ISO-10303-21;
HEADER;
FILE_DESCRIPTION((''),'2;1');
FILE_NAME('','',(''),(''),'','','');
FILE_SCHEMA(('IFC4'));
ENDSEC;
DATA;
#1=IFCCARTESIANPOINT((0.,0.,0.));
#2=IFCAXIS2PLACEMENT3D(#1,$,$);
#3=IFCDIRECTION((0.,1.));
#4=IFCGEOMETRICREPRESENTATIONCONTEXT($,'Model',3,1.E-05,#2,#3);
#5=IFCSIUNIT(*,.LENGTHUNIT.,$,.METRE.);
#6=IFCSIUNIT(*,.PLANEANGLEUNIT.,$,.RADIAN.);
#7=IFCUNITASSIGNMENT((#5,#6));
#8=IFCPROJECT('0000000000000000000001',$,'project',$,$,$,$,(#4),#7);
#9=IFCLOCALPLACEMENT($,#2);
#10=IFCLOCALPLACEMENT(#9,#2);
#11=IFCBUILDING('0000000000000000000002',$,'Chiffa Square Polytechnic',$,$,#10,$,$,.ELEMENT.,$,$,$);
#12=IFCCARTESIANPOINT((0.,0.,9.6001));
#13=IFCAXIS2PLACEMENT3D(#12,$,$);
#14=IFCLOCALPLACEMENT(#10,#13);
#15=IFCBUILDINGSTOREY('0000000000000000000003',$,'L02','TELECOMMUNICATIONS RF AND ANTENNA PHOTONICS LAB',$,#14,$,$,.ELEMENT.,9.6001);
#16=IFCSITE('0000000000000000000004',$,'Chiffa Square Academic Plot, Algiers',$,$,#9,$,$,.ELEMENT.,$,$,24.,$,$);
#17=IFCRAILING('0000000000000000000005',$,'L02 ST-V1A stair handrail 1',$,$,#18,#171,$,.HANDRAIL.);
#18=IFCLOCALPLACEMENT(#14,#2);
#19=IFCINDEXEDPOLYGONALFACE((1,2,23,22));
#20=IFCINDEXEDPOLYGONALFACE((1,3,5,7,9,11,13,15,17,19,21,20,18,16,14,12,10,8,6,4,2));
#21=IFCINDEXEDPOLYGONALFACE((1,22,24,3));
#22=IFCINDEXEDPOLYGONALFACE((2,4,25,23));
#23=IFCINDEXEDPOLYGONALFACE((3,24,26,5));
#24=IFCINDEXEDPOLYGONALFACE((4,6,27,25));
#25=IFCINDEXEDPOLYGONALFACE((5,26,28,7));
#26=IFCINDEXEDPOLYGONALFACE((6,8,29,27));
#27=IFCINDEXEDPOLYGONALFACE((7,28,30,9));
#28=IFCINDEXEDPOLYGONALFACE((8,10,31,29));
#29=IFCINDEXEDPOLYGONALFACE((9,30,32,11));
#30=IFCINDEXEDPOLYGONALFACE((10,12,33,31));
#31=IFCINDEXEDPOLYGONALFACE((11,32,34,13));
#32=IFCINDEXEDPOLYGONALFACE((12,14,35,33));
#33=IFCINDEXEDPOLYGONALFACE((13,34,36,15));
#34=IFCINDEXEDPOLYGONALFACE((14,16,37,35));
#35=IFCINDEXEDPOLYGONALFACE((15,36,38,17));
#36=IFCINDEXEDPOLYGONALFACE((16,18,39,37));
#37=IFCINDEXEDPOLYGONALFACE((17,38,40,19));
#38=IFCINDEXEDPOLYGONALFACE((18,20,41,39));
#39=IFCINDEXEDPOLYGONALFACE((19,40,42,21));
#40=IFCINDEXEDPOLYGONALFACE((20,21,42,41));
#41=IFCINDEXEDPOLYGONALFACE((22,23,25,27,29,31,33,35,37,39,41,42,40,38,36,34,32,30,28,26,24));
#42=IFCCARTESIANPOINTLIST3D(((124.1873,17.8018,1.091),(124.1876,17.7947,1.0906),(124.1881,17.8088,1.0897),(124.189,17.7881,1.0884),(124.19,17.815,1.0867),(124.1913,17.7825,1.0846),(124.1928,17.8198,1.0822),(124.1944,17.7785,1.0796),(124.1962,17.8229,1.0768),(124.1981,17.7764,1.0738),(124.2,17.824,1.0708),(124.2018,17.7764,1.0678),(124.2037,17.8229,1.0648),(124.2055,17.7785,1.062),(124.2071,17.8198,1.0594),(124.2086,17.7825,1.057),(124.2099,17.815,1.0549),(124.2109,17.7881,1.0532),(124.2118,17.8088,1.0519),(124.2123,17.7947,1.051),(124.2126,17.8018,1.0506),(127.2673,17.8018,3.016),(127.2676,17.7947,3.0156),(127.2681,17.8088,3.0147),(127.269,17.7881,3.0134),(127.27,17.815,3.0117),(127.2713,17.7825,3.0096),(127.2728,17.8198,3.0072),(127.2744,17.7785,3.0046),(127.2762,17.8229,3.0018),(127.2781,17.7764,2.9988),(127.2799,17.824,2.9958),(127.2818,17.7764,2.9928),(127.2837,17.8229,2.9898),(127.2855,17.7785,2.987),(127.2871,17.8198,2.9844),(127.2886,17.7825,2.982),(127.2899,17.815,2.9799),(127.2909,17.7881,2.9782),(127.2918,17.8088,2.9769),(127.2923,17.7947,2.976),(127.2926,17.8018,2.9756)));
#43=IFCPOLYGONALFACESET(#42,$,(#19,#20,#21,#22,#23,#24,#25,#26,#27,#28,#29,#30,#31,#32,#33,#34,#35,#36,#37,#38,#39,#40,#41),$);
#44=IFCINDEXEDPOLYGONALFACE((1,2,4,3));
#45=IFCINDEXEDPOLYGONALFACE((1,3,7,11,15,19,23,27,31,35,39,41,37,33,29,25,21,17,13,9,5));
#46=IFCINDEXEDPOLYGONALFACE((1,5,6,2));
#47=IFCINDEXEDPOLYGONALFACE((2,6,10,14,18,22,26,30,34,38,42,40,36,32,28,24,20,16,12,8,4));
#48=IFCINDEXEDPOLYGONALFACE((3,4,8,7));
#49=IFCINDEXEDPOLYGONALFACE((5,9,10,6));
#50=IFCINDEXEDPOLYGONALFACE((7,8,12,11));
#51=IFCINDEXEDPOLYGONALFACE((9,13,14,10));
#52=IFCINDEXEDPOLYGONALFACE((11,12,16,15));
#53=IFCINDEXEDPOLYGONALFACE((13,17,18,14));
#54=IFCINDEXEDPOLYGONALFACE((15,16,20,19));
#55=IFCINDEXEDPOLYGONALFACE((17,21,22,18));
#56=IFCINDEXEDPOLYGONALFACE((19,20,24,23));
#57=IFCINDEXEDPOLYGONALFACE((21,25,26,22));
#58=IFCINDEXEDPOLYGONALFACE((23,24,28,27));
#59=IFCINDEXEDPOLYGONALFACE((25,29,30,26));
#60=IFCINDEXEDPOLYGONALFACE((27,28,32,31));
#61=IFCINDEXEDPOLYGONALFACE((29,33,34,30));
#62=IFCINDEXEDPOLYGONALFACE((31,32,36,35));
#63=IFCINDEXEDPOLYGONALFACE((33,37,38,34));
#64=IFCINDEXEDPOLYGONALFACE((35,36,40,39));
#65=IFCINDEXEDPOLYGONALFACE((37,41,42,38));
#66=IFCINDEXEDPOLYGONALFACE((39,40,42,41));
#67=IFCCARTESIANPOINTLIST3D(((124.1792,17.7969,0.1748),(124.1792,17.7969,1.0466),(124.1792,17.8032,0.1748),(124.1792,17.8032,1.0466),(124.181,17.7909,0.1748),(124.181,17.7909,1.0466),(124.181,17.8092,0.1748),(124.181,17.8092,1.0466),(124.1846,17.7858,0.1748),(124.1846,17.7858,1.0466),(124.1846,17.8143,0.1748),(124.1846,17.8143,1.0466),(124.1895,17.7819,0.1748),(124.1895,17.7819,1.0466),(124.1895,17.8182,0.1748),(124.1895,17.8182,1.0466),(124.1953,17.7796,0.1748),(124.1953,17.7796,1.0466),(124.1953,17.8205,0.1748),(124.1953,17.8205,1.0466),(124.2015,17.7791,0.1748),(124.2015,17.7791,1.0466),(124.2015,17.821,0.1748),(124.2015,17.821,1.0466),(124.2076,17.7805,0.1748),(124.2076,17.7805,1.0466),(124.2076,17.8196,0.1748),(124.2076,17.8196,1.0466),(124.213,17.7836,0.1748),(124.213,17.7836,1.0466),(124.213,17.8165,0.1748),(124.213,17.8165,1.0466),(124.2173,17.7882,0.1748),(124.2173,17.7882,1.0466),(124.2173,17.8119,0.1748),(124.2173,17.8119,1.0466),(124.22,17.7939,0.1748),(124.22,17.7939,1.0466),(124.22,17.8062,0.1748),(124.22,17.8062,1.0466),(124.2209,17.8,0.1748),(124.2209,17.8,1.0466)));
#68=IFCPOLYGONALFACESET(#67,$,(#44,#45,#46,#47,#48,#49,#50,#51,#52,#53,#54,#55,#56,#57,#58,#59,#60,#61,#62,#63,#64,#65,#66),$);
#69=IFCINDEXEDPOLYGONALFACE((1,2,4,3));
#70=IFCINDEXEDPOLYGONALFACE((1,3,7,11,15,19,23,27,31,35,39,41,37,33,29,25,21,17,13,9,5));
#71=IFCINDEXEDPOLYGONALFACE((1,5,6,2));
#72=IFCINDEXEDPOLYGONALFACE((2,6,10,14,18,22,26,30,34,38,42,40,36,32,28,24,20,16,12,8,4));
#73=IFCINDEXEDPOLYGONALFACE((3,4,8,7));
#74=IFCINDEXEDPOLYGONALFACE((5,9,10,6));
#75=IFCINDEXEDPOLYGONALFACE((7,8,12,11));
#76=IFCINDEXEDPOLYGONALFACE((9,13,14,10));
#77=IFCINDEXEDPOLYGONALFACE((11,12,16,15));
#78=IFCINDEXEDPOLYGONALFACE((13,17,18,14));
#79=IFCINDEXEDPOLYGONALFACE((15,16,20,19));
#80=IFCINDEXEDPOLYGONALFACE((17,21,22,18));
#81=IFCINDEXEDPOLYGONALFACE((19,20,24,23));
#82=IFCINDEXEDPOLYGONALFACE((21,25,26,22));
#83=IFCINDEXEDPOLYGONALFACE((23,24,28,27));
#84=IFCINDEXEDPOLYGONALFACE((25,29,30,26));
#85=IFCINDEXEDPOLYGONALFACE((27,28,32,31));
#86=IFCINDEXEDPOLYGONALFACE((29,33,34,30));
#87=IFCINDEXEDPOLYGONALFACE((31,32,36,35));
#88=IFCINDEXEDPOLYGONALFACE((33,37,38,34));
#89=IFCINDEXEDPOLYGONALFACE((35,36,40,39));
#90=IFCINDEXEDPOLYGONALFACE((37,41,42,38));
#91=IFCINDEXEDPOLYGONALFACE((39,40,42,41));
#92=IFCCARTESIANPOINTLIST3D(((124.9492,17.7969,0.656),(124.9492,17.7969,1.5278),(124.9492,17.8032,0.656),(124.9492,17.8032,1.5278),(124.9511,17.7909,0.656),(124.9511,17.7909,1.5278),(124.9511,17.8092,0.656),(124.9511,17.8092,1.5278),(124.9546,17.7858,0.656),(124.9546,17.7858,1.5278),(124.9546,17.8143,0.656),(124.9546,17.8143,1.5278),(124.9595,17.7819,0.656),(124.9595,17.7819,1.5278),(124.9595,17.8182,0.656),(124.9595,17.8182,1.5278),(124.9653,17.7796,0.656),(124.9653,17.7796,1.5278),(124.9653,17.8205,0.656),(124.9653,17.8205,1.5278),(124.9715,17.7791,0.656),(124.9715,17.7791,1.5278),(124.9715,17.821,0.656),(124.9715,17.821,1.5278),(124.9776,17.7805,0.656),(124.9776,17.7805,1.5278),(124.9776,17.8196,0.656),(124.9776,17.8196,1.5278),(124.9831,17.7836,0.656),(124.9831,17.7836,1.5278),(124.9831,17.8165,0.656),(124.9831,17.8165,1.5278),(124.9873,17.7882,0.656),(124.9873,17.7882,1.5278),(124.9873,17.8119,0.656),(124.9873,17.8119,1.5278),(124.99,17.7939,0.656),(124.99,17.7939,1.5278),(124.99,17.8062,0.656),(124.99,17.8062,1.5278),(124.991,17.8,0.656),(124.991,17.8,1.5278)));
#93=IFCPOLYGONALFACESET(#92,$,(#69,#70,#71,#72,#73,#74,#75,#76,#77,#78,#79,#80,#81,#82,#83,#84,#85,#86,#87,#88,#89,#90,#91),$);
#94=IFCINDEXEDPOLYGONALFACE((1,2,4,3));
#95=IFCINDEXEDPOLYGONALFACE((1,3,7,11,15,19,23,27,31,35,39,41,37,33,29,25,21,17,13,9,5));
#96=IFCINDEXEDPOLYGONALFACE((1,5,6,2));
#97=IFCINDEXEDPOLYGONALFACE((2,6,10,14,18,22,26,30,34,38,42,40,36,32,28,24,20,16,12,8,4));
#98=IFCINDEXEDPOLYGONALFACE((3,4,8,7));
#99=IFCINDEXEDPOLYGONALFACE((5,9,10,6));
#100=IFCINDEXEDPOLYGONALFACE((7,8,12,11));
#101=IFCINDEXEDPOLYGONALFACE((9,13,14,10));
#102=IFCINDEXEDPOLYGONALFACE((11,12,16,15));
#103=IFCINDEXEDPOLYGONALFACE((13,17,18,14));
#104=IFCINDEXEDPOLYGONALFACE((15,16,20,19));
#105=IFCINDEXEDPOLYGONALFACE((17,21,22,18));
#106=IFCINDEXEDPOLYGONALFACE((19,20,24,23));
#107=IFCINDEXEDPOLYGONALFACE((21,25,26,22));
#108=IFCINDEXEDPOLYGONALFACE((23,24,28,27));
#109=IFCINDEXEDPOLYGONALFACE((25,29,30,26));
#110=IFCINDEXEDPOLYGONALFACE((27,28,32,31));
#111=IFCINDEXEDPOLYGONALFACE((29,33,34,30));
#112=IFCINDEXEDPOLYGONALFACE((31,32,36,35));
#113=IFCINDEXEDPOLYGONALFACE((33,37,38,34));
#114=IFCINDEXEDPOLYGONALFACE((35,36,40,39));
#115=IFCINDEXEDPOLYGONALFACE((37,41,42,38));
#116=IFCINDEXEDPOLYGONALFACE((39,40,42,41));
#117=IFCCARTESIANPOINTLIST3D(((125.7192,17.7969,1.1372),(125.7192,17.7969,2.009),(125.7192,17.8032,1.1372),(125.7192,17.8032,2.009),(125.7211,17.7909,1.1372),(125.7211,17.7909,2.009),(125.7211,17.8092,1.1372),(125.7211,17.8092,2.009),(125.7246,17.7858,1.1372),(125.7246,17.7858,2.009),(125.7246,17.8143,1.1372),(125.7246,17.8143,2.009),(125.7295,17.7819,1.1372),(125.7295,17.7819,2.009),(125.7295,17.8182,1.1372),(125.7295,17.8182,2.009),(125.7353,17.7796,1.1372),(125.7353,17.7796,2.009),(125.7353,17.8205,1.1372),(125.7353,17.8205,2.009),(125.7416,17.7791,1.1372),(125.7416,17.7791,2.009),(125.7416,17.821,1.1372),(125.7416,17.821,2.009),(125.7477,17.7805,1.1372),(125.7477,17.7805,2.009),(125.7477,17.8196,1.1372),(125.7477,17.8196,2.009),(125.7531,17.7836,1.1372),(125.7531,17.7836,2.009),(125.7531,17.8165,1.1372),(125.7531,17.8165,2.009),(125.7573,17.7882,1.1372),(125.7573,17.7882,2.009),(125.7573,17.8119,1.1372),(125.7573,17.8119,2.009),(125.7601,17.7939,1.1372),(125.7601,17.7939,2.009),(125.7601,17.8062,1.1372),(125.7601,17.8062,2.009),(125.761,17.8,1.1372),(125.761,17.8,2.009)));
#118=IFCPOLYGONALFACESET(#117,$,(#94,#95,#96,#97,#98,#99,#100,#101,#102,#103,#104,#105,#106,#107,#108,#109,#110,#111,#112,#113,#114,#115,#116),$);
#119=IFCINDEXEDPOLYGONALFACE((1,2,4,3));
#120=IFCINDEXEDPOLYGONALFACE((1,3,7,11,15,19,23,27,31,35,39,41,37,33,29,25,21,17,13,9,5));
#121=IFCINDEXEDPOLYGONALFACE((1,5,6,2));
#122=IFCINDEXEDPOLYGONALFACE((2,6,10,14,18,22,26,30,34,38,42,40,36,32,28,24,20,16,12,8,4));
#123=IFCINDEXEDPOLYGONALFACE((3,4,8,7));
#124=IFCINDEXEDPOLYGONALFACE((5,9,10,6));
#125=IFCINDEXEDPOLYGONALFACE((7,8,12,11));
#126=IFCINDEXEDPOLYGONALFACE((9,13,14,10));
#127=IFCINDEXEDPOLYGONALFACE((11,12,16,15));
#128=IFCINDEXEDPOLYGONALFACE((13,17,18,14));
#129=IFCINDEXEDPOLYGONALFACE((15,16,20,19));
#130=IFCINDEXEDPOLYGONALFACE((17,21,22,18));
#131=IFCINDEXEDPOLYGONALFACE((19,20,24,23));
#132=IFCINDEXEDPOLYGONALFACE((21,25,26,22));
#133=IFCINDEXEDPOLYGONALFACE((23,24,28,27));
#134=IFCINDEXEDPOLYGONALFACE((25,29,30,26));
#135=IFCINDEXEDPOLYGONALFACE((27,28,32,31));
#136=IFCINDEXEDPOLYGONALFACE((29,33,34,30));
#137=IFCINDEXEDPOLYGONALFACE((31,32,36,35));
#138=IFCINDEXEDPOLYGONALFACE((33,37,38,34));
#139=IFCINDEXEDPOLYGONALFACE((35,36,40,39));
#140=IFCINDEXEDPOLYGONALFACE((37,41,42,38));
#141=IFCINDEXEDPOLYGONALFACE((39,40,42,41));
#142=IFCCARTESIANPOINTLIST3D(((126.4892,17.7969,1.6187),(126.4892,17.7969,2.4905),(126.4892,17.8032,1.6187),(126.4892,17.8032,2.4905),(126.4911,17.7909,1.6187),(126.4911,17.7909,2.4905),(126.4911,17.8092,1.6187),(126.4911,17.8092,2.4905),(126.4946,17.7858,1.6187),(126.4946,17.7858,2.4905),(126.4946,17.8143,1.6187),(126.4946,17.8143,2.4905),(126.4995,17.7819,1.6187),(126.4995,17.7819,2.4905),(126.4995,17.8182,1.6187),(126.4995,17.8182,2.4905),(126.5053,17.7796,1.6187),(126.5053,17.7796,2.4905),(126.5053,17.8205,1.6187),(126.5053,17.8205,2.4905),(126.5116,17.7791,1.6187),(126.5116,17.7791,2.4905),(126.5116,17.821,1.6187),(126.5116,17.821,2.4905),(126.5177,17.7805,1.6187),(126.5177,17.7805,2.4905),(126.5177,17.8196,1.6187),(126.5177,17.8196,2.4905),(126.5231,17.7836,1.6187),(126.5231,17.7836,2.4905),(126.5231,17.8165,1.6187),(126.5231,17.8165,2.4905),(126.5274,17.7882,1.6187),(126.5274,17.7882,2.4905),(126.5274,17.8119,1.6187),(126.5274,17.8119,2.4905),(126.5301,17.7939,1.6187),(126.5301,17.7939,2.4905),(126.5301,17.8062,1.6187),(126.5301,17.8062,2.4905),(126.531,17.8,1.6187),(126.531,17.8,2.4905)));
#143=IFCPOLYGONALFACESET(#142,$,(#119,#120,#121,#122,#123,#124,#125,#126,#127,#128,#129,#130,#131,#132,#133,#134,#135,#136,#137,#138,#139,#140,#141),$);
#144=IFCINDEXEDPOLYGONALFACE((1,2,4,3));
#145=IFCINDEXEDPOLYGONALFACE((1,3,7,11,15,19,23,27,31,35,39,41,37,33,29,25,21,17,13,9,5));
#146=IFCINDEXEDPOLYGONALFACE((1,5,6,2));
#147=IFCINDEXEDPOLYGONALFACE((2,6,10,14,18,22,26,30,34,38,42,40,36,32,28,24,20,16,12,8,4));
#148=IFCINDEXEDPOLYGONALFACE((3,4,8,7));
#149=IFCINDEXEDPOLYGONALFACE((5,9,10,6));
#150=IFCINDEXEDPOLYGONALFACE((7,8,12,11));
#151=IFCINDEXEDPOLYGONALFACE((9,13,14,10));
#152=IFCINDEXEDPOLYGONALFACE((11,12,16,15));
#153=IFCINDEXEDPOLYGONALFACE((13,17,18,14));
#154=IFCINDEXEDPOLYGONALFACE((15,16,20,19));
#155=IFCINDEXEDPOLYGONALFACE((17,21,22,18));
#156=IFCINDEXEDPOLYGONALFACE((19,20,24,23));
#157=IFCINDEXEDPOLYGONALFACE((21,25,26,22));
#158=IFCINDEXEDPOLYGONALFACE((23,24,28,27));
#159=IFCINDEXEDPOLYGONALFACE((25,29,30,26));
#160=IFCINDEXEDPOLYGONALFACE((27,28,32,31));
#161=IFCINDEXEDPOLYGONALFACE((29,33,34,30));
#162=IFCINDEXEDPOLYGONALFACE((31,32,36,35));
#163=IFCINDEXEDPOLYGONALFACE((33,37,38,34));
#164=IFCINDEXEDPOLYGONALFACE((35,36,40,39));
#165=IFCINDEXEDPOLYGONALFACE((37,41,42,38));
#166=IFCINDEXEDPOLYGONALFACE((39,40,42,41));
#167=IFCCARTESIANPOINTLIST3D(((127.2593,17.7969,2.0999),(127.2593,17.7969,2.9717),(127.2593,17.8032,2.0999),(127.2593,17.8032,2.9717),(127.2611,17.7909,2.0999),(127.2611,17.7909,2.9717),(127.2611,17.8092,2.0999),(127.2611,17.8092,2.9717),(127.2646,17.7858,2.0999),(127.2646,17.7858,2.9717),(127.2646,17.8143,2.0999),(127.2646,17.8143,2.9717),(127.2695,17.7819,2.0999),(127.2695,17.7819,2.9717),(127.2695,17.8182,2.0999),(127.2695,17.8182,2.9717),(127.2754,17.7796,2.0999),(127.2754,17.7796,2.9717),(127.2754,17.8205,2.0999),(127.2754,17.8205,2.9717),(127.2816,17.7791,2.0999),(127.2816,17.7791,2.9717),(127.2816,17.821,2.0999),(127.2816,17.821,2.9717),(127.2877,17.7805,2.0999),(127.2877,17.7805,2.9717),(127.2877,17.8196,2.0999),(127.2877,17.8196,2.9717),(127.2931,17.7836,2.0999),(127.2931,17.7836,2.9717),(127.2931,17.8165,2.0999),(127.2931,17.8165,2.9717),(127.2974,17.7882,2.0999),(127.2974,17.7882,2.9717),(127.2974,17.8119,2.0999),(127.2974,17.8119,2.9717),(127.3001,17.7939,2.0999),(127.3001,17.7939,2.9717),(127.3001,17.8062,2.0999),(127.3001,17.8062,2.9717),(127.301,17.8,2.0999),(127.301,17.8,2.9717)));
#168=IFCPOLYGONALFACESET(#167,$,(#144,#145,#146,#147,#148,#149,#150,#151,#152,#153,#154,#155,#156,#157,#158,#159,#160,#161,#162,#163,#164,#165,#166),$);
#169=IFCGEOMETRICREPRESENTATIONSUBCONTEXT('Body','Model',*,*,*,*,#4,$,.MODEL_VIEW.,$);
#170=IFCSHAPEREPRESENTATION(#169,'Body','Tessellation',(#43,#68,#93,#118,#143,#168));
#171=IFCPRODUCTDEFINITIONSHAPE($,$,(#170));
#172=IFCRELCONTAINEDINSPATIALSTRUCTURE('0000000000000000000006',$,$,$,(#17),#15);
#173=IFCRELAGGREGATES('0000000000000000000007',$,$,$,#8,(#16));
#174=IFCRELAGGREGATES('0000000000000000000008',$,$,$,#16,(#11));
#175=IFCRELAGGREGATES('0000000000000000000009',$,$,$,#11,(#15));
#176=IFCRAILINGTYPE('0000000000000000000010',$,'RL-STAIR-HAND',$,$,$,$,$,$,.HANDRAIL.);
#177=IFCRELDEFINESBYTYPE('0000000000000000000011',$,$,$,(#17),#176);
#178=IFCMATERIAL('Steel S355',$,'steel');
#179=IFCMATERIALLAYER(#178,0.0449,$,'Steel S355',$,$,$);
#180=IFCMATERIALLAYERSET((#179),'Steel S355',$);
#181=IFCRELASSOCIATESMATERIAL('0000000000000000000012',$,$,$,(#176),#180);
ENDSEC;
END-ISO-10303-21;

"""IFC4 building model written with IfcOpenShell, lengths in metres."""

from ifc_helpers import new_model, si_unit, direction, frame, origin, origin_2d, place, context, subcontext, project, spatial, circle, extrude, material, layer, layer_set, type_object, element, save


model = new_model("IFC4")

# Units and contexts
model_context = context("Model", 3, precision=1e-05, world=origin(), true_north=direction((0.0, 1.0)))
body_context = subcontext(model_context, "Body", "Model", "MODEL_VIEW")
ifc_project = project(units=[si_unit("LENGTHUNIT", "METRE"), si_unit("PLANEANGLEUNIT", "RADIAN")], contexts=[model_context])

# Site, building, storey
site_placement = place(None, origin())
site = spatial("IfcSite", under=ifc_project, at=site_placement, Name="Chiffa Square Academic Plot, Algiers", CompositionType="ELEMENT", RefElevation=24.0)
building_placement = place(site_placement, origin())
building = spatial("IfcBuilding", under=site, at=building_placement, Name="Chiffa Square Polytechnic", CompositionType="ELEMENT")
storey_placement = place(building_placement, frame((0.0, 0.0, 9.6001)))
storey = spatial("IfcBuildingStorey", under=building, at=storey_placement, Name="L02", Description="TELECOMMUNICATIONS RF AND ANTENNA PHOTONICS LAB", CompositionType="ELEMENT", Elevation=9.6001)

# Shared definitions
ifc_material_1 = material(Name="Steel S355", Category="steel")

# Railing
ifc_layer_1 = layer(ifc_material_1, 0.0449, Name="Steel S355")
ifc_layer_set_1 = layer_set([ifc_layer_1], Name="Steel S355")
railing_type = type_object("IfcRailingType", Name="RL-STAIR-HAND", PredefinedType="HANDRAIL", material=ifc_layer_set_1)
railing_placement = place(storey_placement, frame((124.2, 17.8, 0.1748)))
element("IfcRailing", 1, at=railing_placement, inside=storey, type_object=railing_type, Name="L02 ST-V1A stair handrail 1", PredefinedType="HANDRAIL", context=body_context, shape_type="SweptSolid", body=[
    extrude(circle(Radius=0.0239, at=origin_2d()), frame((0.0, 0.0, 0.896), z_axis=(0.847998, 0.0, 0.529999), x_axis=(0.0, 1.0, 0.0)), (0.0, 0.0, 1.0), 3.6321),
    extrude(circle(Radius=0.021, at=origin_2d()), origin(), (0.0, 0.0, 1.0), 0.8718),
    extrude(circle(Radius=0.021, at=origin_2d()), frame((0.77, 0.0, 0.4812)), (0.0, 0.0, 1.0), 0.8718),
    extrude(circle(Radius=0.021, at=origin_2d()), frame((1.54, 0.0, 0.9624)), (0.0, 0.0, 1.0), 0.8718),
    extrude(circle(Radius=0.021, at=origin_2d()), frame((2.3101, 0.0, 1.4438)), (0.0, 0.0, 1.0), 0.8718),
    extrude(circle(Radius=0.021, at=origin_2d()), frame((3.0801, 0.0, 1.925)), (0.0, 0.0, 1.0), 0.8718),
])

save(model, "model.ifc")
